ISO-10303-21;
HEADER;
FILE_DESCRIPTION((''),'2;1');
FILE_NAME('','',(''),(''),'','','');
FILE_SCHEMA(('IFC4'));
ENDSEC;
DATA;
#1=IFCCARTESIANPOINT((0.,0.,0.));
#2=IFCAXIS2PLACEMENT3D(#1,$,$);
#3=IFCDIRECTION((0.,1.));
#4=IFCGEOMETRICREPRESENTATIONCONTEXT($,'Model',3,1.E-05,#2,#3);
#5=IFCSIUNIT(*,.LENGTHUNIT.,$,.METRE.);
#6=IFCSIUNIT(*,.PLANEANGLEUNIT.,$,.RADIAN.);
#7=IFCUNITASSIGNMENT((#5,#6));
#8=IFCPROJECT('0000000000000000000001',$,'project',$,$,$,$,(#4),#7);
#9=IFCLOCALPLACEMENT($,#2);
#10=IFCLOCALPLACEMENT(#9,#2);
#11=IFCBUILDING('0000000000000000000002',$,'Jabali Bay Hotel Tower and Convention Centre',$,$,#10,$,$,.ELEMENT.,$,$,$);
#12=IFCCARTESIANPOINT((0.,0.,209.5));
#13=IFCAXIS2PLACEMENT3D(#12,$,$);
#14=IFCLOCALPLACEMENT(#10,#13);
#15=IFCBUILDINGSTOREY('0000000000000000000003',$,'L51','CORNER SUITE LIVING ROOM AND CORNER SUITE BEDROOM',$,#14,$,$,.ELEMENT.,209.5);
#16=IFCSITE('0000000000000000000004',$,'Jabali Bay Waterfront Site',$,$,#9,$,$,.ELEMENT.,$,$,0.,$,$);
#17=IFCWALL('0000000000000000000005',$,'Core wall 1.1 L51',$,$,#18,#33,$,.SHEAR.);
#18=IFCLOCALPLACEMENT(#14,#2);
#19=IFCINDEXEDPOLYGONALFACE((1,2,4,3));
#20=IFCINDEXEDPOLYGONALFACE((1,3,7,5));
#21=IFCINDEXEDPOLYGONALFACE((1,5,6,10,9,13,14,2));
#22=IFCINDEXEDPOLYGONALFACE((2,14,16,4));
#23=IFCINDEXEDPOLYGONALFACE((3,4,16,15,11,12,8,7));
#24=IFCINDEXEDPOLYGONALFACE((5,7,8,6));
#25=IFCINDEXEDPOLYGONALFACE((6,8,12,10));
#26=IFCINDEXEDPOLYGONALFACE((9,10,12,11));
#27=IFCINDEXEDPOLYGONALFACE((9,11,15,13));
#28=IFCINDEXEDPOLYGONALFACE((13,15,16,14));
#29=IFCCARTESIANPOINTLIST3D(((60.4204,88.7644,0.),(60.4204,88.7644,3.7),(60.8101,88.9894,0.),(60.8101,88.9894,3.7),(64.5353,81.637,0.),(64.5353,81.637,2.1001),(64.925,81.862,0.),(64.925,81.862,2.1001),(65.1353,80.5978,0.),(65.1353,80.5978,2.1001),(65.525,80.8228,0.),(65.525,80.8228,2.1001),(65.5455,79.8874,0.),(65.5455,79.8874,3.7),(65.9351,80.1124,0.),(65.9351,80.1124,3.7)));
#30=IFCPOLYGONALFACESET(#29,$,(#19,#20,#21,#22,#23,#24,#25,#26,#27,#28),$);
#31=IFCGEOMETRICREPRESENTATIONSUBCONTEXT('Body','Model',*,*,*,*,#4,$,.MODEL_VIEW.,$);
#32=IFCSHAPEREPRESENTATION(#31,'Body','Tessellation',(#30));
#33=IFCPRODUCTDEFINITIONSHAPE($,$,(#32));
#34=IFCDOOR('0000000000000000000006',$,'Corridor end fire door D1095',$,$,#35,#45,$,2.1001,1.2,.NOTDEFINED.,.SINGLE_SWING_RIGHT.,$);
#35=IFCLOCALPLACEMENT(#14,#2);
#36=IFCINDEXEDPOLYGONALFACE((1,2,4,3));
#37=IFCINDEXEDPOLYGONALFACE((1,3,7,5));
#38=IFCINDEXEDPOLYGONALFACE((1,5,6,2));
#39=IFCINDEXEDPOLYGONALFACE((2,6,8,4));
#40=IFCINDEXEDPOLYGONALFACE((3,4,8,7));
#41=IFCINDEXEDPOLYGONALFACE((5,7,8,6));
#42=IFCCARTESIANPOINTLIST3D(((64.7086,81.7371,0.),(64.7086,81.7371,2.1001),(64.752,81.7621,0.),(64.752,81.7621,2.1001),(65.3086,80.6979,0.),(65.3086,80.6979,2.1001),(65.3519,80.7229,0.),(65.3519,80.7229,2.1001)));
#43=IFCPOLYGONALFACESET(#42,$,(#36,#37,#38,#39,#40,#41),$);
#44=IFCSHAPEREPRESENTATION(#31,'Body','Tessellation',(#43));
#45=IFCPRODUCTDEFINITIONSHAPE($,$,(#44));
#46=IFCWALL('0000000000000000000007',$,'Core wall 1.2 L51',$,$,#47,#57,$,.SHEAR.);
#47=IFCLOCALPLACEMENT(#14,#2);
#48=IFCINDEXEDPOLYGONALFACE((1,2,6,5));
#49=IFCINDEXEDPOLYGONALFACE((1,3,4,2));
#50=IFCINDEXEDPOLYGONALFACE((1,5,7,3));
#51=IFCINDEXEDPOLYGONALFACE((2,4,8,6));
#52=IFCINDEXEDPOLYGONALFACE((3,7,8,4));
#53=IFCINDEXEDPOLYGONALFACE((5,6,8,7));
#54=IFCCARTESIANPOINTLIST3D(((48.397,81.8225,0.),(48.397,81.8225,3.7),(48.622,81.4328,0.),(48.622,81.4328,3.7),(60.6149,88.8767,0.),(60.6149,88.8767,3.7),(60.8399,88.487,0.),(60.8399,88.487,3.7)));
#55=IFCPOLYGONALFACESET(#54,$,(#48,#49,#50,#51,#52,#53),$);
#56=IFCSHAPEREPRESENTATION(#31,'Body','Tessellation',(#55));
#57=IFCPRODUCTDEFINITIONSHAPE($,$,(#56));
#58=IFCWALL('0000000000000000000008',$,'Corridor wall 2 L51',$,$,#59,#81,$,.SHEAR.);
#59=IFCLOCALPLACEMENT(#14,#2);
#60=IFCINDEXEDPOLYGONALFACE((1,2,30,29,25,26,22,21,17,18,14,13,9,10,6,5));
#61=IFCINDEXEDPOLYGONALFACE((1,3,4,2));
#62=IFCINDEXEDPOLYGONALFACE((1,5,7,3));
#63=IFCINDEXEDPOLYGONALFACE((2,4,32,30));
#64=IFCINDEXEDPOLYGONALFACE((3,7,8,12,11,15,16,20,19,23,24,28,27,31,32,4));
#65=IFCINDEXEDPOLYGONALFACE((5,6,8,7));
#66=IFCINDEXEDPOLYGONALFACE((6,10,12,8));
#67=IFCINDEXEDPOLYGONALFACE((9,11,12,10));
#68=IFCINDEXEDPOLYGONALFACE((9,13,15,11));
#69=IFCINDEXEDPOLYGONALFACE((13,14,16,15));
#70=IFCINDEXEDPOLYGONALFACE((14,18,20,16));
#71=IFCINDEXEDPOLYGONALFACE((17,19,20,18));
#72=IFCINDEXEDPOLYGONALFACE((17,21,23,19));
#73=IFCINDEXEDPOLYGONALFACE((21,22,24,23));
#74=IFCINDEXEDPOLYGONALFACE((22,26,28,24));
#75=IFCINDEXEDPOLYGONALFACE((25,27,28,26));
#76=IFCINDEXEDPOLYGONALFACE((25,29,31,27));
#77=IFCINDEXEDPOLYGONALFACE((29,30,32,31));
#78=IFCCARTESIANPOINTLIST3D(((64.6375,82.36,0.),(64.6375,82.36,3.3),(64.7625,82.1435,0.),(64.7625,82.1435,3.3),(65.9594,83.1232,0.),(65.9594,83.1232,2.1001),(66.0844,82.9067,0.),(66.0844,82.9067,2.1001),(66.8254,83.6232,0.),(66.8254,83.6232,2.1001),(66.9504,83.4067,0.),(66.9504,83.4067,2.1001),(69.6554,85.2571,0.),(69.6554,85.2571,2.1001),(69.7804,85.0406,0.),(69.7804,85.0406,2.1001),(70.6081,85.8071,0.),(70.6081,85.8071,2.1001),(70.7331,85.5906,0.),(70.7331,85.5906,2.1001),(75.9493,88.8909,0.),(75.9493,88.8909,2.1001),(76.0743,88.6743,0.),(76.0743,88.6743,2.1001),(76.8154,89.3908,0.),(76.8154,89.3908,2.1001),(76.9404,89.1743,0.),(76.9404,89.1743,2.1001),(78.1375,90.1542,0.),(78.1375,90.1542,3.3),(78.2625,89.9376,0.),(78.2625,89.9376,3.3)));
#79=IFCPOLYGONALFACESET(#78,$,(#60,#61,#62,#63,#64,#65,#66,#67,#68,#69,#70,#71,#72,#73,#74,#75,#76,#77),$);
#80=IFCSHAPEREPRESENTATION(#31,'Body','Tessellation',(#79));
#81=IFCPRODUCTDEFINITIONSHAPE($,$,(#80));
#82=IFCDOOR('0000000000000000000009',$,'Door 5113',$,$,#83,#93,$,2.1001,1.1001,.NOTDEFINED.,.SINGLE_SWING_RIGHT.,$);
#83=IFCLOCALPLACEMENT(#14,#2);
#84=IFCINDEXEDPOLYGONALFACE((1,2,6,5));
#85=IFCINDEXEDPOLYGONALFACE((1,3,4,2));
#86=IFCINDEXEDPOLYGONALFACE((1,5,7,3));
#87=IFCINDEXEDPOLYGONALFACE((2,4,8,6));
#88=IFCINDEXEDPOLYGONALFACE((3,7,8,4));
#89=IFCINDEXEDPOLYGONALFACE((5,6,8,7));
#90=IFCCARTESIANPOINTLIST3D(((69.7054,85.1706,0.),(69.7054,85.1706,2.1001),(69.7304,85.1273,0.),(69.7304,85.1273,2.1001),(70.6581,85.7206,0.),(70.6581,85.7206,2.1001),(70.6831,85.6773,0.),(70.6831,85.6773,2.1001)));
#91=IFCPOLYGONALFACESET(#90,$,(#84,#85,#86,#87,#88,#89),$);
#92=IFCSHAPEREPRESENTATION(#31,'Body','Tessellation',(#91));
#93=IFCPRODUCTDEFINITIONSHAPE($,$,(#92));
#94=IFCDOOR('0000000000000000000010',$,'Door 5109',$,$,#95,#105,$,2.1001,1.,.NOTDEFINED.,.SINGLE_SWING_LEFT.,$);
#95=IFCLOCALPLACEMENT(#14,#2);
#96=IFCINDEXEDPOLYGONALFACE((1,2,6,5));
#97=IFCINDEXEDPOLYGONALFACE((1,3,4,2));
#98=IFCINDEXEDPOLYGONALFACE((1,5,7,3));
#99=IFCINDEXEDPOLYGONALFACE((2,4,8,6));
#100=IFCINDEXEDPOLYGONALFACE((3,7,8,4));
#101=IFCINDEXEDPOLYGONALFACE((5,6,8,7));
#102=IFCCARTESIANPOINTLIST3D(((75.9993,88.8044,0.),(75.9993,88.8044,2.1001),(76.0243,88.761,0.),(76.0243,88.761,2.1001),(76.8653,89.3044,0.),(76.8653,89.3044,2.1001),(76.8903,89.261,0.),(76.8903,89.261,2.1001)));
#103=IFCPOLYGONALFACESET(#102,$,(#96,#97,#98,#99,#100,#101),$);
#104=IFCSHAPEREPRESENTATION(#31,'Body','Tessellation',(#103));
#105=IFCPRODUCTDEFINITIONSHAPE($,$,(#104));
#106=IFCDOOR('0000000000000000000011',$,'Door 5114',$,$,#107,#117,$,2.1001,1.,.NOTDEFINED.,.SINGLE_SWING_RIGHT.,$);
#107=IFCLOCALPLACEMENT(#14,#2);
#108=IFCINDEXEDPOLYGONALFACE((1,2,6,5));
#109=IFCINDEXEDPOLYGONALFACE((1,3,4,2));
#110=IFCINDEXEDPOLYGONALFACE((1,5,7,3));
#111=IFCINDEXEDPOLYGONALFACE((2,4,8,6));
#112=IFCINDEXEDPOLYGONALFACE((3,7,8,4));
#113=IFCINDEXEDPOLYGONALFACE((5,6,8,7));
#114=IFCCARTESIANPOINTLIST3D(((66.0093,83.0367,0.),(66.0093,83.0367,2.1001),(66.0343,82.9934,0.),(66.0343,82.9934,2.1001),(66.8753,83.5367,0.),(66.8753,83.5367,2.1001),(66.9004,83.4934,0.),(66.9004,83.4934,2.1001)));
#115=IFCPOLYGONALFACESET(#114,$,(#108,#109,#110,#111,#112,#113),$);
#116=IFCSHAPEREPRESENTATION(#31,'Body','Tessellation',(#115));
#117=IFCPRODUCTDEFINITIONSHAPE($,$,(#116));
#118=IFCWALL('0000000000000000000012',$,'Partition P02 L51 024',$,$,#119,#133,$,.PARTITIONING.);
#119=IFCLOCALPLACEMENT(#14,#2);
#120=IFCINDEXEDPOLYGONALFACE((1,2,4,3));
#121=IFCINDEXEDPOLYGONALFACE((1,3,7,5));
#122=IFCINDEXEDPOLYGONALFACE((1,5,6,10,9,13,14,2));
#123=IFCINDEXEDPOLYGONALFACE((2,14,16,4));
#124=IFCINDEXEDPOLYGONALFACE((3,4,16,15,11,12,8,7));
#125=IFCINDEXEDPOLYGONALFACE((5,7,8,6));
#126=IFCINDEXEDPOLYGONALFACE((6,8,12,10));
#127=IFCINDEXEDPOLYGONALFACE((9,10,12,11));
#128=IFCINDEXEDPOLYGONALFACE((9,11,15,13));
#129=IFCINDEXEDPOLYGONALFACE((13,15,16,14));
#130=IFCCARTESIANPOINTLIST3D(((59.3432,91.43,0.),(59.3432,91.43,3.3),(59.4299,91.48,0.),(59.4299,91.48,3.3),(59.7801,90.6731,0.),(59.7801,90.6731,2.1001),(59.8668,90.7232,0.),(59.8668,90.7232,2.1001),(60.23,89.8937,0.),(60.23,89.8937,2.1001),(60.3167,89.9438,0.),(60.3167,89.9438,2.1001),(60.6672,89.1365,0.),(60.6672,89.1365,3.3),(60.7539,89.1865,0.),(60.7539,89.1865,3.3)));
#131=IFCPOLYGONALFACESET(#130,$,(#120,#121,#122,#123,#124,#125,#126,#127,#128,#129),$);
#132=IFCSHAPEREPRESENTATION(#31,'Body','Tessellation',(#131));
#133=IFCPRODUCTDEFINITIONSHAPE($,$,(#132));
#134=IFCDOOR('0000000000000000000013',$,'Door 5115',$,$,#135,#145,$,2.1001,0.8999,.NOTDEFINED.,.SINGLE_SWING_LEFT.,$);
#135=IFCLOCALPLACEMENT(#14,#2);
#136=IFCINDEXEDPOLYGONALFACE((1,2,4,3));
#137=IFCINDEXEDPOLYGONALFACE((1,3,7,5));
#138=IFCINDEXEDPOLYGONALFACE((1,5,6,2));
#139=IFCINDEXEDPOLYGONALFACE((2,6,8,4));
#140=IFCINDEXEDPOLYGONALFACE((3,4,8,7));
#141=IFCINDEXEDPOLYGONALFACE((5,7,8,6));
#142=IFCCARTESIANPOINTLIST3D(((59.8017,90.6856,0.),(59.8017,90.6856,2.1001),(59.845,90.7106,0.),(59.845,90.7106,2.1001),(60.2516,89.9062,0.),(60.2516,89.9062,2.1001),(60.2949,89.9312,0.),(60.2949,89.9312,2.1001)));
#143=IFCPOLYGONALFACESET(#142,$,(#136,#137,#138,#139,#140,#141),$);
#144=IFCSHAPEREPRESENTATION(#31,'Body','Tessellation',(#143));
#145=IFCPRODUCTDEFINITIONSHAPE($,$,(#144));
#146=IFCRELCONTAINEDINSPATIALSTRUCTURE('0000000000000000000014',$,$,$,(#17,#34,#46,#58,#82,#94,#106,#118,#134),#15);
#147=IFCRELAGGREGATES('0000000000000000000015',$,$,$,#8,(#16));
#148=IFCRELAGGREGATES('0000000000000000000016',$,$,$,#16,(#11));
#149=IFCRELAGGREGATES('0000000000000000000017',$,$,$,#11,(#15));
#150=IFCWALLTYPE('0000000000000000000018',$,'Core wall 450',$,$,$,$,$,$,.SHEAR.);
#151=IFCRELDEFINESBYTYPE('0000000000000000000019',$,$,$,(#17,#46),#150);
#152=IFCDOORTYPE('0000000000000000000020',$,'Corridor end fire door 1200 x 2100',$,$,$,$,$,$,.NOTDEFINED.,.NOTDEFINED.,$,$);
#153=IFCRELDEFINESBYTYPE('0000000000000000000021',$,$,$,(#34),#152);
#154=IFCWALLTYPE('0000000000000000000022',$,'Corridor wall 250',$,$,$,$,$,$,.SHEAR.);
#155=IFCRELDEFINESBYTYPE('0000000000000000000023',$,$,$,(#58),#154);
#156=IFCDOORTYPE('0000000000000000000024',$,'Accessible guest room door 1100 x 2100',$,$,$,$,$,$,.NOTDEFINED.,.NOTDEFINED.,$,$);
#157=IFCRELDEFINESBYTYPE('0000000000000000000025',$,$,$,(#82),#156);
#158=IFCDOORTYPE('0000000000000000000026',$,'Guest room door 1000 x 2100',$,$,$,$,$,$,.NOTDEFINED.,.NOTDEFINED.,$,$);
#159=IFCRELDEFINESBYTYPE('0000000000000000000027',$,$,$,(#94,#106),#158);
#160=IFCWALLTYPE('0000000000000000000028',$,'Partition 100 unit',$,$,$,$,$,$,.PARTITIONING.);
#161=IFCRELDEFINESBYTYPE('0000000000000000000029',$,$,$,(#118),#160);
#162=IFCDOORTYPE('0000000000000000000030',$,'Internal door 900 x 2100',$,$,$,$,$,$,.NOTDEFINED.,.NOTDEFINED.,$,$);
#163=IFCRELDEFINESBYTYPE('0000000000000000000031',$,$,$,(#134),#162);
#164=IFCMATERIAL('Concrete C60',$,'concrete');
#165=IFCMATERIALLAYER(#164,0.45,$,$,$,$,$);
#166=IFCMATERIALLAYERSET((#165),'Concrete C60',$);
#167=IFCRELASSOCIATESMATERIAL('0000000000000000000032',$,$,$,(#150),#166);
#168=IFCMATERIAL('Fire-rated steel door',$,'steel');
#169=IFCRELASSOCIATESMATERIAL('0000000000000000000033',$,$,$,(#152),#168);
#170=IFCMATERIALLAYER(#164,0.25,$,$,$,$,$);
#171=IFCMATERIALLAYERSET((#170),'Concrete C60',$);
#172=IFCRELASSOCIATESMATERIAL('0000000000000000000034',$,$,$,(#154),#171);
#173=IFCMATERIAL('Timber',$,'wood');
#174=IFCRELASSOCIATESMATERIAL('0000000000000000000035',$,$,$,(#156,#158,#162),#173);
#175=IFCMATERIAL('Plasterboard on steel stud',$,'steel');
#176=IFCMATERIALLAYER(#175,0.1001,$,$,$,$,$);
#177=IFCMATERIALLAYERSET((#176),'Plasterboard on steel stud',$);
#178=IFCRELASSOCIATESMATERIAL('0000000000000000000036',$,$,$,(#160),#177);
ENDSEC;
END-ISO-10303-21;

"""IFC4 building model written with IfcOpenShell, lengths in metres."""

from ifc_helpers import new_model, si_unit, direction, frame, frame_2d, origin, place, context, subcontext, project, spatial, rectangle, extrude, material, layer, layer_set, type_object, element, fill, save


model = new_model("IFC4")

# Units and contexts
model_context = context("Model", 3, precision=1e-05, world=origin(), true_north=direction((0.0, 1.0)))
body_context = subcontext(model_context, "Body", "Model", "MODEL_VIEW")
ifc_project = project(units=[si_unit("LENGTHUNIT", "METRE"), si_unit("PLANEANGLEUNIT", "RADIAN")], contexts=[model_context])

# Site, building, storey
site_placement = place(None, origin())
site = spatial("IfcSite", under=ifc_project, at=site_placement, Name="Jabali Bay Waterfront Site", CompositionType="ELEMENT", RefElevation=0.0)
building_placement = place(site_placement, origin())
building = spatial("IfcBuilding", under=site, at=building_placement, Name="Jabali Bay Hotel Tower and Convention Centre", CompositionType="ELEMENT")
storey_placement = place(building_placement, frame((0.0, 0.0, 209.5)))
storey = spatial("IfcBuildingStorey", under=building, at=storey_placement, Name="L51", Description="CORNER SUITE LIVING ROOM AND CORNER SUITE BEDROOM", CompositionType="ELEMENT", Elevation=209.5)

# Shared definitions
ifc_material_1 = material(Name="Fire-rated steel door", Category="steel")

# Wall, opening, door
ifc_material_2 = material(Name="Concrete C60", Category="concrete")
ifc_layer_1 = layer(ifc_material_2, 0.45)
ifc_layer_set_1 = layer_set([ifc_layer_1], Name="Concrete C60")
wall_type_1 = type_object("IfcWallType", Name="Core wall 450", PredefinedType="SHEAR", material=ifc_layer_set_1)
wall_1_placement = place(storey_placement, frame((65.7402, 80.0, 0.0), z_axis=(0.0, 0.0, 1.0), x_axis=(-0.499992, 0.86603, 0.0)))
wall_1 = element("IfcWall", 1, at=wall_1_placement, inside=storey, type_object=wall_type_1, Name="Core wall 1.1 L51", PredefinedType="SHEAR", context=body_context, shape_type="SweptSolid", body=[
    extrude(rectangle(XDim=10.2502, YDim=0.45, at=frame_2d((5.125, 0.0))), origin(), (0.0, 0.0, 1.0), 3.7),
])
opening_1_placement = place(wall_1_placement, frame((0.8201, 0.0, 0.0)))
opening_1 = element("IfcOpeningElement", 2, at=opening_1_placement, cuts=wall_1, PredefinedType="OPENING", context=body_context, shape_type="SweptSolid", body=[
    extrude(rectangle(XDim=1.2, YDim=2.1001, at=frame_2d((0.6001, 1.05))), frame((0.0, 0.2354, 0.0), z_axis=(0.0, -1.0, 0.0), x_axis=(1.0, 0.0, 0.0)), (0.0, 0.0, 1.0), 0.4709),
])
door_type_1 = type_object("IfcDoorType", Name="Corridor end fire door 1200 x 2100", OperationType="NOTDEFINED", PredefinedType="NOTDEFINED", material=ifc_material_1)
door_1_placement = place(opening_1_placement, origin())
door_1 = element("IfcDoor", 3, at=door_1_placement, inside=storey, type_object=door_type_1, Name="Corridor end fire door D1095", OperationType="SINGLE_SWING_RIGHT", OverallHeight=2.1001, OverallWidth=1.2, PredefinedType="NOTDEFINED", context=body_context, shape_type="SweptSolid", body=[
    extrude(rectangle(XDim=1.2, YDim=2.1001, at=frame_2d((0.6001, 1.05))), frame((0.0, 0.0249, 0.0), z_axis=(0.0, -1.0, 0.0), x_axis=(1.0, 0.0, 0.0)), (0.0, 0.0, 1.0), 0.05),
])
fill(opening_1, door_1)

# Wall
wall_2_placement = place(storey_placement, frame((60.7275, 88.6819, 0.0), z_axis=(0.0, 0.0, 1.0), x_axis=(-0.866022, -0.500007, 0.0)))
element("IfcWall", 4, at=wall_2_placement, inside=storey, type_object=wall_type_1, Name="Core wall 1.2 L51", PredefinedType="SHEAR", context=body_context, shape_type="SweptSolid", body=[
    extrude(rectangle(XDim=14.1082, YDim=0.45, at=frame_2d((7.0542, 0.0))), origin(), (0.0, 0.0, 1.0), 3.7),
])

# Wall, openings, doors
ifc_layer_2 = layer(ifc_material_2, 0.25)
ifc_layer_set_2 = layer_set([ifc_layer_2], Name="Concrete C60")
wall_type_2 = type_object("IfcWallType", Name="Corridor wall 250", PredefinedType="SHEAR", material=ifc_layer_set_2)
wall_3_placement = place(storey_placement, frame((78.2, 90.0459, 0.0), z_axis=(0.0, 0.0, 1.0), x_axis=(-0.866026, -0.499998, 0.0)))
wall_3 = element("IfcWall", 5, at=wall_3_placement, inside=storey, type_object=wall_type_2, Name="Corridor wall 2 L51", PredefinedType="SHEAR", context=body_context, shape_type="SweptSolid", body=[
    extrude(rectangle(XDim=15.5884, YDim=0.25, at=frame_2d((7.7942, 0.0))), origin(), (0.0, 0.0, 1.0), 3.3),
])
opening_2_placement = place(wall_3_placement, frame((1.5266, 0.0, 0.0)))
opening_2 = element("IfcOpeningElement", 6, at=opening_2_placement, cuts=wall_3, PredefinedType="OPENING", context=body_context, shape_type="SweptSolid", body=[
    extrude(rectangle(XDim=1.0, YDim=2.1001, at=frame_2d((0.5, 1.05))), frame((0.0, 0.1355, 0.0), z_axis=(0.0, -1.0, 0.0), x_axis=(1.0, 0.0, 0.0)), (0.0, 0.0, 1.0), 0.271),
])
opening_3_placement = place(wall_3_placement, frame((8.6941, 0.0, 0.0)))
opening_3 = element("IfcOpeningElement", 7, at=opening_3_placement, cuts=wall_3, PredefinedType="OPENING", context=body_context, shape_type="SweptSolid", body=[
    extrude(rectangle(XDim=1.1001, YDim=2.1001, at=frame_2d((0.55, 1.05))), frame((0.0, 0.1355, 0.0), z_axis=(0.0, -1.0, 0.0), x_axis=(1.0, 0.0, 0.0)), (0.0, 0.0, 1.0), 0.271),
])
opening_4_placement = place(wall_3_placement, frame((13.062, 0.0, 0.0)))
opening_4 = element("IfcOpeningElement", 8, at=opening_4_placement, cuts=wall_3, PredefinedType="OPENING", context=body_context, shape_type="SweptSolid", body=[
    extrude(rectangle(XDim=1.0, YDim=2.1001, at=frame_2d((0.5, 1.05))), frame((0.0, 0.1355, 0.0), z_axis=(0.0, -1.0, 0.0), x_axis=(1.0, 0.0, 0.0)), (0.0, 0.0, 1.0), 0.271),
])
ifc_material_3 = material(Name="Timber", Category="wood")
door_type_2 = type_object("IfcDoorType", Name="Accessible guest room door 1100 x 2100", OperationType="NOTDEFINED", PredefinedType="NOTDEFINED", material=ifc_material_3)
door_2_placement = place(opening_3_placement, origin())
door_2 = element("IfcDoor", 9, at=door_2_placement, inside=storey, type_object=door_type_2, Name="Door 5113", OperationType="SINGLE_SWING_RIGHT", OverallHeight=2.1001, OverallWidth=1.1001, PredefinedType="NOTDEFINED", context=body_context, shape_type="SweptSolid", body=[
    extrude(rectangle(XDim=1.1001, YDim=2.1001, at=frame_2d((0.55, 1.05))), frame((0.0, 0.0249, 0.0), z_axis=(0.0, -1.0, 0.0), x_axis=(1.0, 0.0, 0.0)), (0.0, 0.0, 1.0), 0.05),
])
fill(opening_3, door_2)
door_type_3 = type_object("IfcDoorType", Name="Guest room door 1000 x 2100", OperationType="NOTDEFINED", PredefinedType="NOTDEFINED", material=ifc_material_3)
door_3_placement = place(opening_2_placement, origin())
door_3 = element("IfcDoor", 10, at=door_3_placement, inside=storey, type_object=door_type_3, Name="Door 5109", OperationType="SINGLE_SWING_LEFT", OverallHeight=2.1001, OverallWidth=1.0, PredefinedType="NOTDEFINED", context=body_context, shape_type="SweptSolid", body=[
    extrude(rectangle(XDim=1.0, YDim=2.1001, at=frame_2d((0.5, 1.05))), frame((0.0, 0.0249, 0.0), z_axis=(0.0, -1.0, 0.0), x_axis=(1.0, 0.0, 0.0)), (0.0, 0.0, 1.0), 0.05),
])
fill(opening_2, door_3)
door_4_placement = place(opening_4_placement, origin())
door_4 = element("IfcDoor", 11, at=door_4_placement, inside=storey, type_object=door_type_3, Name="Door 5114", OperationType="SINGLE_SWING_RIGHT", OverallHeight=2.1001, OverallWidth=1.0, PredefinedType="NOTDEFINED", context=body_context, shape_type="SweptSolid", body=[
    extrude(rectangle(XDim=1.0, YDim=2.1001, at=frame_2d((0.5, 1.05))), frame((0.0, 0.0249, 0.0), z_axis=(0.0, -1.0, 0.0), x_axis=(1.0, 0.0, 0.0)), (0.0, 0.0, 1.0), 0.05),
])
fill(opening_4, door_4)

# Wall, opening, door
ifc_material_4 = material(Name="Plasterboard on steel stud", Category="steel")
ifc_layer_3 = layer(ifc_material_4, 0.1001)
ifc_layer_set_3 = layer_set([ifc_layer_3], Name="Plasterboard on steel stud")
wall_type_3 = type_object("IfcWallType", Name="Partition 100 unit", PredefinedType="PARTITIONING", material=ifc_layer_set_3)
wall_4_placement = place(storey_placement, frame((59.3865, 91.4551, 0.0), z_axis=(0.0, 0.0, 1.0), x_axis=(0.499957, -0.86605, 0.0)))
wall_4 = element("IfcWall", 12, at=wall_4_placement, inside=storey, type_object=wall_type_3, Name="Partition P02 L51 024", PredefinedType="PARTITIONING", context=body_context, shape_type="SweptSolid", body=[
    extrude(rectangle(XDim=2.6482, YDim=0.1001, at=frame_2d((1.3242, 0.0))), origin(), (0.0, 0.0, 1.0), 3.3),
])
opening_5_placement = place(wall_4_placement, frame((0.874, 0.0, 0.0)))
opening_5 = element("IfcOpeningElement", 13, at=opening_5_placement, cuts=wall_4, PredefinedType="OPENING", context=body_context, shape_type="SweptSolid", body=[
    extrude(rectangle(XDim=0.8999, YDim=2.1001, at=frame_2d((0.45, 1.05))), frame((0.0, 0.0605, 0.0), z_axis=(0.0, -1.0, 0.0), x_axis=(1.0, 0.0, 0.0)), (0.0, 0.0, 1.0), 0.1211),
])
door_type_4 = type_object("IfcDoorType", Name="Internal door 900 x 2100", OperationType="NOTDEFINED", PredefinedType="NOTDEFINED", material=ifc_material_3)
door_5_placement = place(opening_5_placement, origin())
door_5 = element("IfcDoor", 14, at=door_5_placement, inside=storey, type_object=door_type_4, Name="Door 5115", OperationType="SINGLE_SWING_LEFT", OverallHeight=2.1001, OverallWidth=0.8999, PredefinedType="NOTDEFINED", context=body_context, shape_type="SweptSolid", body=[
    extrude(rectangle(XDim=0.8999, YDim=2.1001, at=frame_2d((0.45, 1.05))), frame((0.0, 0.0249, 0.0), z_axis=(0.0, -1.0, 0.0), x_axis=(1.0, 0.0, 0.0)), (0.0, 0.0, 1.0), 0.05),
])
fill(opening_5, door_5)

save(model, "model.ifc")
